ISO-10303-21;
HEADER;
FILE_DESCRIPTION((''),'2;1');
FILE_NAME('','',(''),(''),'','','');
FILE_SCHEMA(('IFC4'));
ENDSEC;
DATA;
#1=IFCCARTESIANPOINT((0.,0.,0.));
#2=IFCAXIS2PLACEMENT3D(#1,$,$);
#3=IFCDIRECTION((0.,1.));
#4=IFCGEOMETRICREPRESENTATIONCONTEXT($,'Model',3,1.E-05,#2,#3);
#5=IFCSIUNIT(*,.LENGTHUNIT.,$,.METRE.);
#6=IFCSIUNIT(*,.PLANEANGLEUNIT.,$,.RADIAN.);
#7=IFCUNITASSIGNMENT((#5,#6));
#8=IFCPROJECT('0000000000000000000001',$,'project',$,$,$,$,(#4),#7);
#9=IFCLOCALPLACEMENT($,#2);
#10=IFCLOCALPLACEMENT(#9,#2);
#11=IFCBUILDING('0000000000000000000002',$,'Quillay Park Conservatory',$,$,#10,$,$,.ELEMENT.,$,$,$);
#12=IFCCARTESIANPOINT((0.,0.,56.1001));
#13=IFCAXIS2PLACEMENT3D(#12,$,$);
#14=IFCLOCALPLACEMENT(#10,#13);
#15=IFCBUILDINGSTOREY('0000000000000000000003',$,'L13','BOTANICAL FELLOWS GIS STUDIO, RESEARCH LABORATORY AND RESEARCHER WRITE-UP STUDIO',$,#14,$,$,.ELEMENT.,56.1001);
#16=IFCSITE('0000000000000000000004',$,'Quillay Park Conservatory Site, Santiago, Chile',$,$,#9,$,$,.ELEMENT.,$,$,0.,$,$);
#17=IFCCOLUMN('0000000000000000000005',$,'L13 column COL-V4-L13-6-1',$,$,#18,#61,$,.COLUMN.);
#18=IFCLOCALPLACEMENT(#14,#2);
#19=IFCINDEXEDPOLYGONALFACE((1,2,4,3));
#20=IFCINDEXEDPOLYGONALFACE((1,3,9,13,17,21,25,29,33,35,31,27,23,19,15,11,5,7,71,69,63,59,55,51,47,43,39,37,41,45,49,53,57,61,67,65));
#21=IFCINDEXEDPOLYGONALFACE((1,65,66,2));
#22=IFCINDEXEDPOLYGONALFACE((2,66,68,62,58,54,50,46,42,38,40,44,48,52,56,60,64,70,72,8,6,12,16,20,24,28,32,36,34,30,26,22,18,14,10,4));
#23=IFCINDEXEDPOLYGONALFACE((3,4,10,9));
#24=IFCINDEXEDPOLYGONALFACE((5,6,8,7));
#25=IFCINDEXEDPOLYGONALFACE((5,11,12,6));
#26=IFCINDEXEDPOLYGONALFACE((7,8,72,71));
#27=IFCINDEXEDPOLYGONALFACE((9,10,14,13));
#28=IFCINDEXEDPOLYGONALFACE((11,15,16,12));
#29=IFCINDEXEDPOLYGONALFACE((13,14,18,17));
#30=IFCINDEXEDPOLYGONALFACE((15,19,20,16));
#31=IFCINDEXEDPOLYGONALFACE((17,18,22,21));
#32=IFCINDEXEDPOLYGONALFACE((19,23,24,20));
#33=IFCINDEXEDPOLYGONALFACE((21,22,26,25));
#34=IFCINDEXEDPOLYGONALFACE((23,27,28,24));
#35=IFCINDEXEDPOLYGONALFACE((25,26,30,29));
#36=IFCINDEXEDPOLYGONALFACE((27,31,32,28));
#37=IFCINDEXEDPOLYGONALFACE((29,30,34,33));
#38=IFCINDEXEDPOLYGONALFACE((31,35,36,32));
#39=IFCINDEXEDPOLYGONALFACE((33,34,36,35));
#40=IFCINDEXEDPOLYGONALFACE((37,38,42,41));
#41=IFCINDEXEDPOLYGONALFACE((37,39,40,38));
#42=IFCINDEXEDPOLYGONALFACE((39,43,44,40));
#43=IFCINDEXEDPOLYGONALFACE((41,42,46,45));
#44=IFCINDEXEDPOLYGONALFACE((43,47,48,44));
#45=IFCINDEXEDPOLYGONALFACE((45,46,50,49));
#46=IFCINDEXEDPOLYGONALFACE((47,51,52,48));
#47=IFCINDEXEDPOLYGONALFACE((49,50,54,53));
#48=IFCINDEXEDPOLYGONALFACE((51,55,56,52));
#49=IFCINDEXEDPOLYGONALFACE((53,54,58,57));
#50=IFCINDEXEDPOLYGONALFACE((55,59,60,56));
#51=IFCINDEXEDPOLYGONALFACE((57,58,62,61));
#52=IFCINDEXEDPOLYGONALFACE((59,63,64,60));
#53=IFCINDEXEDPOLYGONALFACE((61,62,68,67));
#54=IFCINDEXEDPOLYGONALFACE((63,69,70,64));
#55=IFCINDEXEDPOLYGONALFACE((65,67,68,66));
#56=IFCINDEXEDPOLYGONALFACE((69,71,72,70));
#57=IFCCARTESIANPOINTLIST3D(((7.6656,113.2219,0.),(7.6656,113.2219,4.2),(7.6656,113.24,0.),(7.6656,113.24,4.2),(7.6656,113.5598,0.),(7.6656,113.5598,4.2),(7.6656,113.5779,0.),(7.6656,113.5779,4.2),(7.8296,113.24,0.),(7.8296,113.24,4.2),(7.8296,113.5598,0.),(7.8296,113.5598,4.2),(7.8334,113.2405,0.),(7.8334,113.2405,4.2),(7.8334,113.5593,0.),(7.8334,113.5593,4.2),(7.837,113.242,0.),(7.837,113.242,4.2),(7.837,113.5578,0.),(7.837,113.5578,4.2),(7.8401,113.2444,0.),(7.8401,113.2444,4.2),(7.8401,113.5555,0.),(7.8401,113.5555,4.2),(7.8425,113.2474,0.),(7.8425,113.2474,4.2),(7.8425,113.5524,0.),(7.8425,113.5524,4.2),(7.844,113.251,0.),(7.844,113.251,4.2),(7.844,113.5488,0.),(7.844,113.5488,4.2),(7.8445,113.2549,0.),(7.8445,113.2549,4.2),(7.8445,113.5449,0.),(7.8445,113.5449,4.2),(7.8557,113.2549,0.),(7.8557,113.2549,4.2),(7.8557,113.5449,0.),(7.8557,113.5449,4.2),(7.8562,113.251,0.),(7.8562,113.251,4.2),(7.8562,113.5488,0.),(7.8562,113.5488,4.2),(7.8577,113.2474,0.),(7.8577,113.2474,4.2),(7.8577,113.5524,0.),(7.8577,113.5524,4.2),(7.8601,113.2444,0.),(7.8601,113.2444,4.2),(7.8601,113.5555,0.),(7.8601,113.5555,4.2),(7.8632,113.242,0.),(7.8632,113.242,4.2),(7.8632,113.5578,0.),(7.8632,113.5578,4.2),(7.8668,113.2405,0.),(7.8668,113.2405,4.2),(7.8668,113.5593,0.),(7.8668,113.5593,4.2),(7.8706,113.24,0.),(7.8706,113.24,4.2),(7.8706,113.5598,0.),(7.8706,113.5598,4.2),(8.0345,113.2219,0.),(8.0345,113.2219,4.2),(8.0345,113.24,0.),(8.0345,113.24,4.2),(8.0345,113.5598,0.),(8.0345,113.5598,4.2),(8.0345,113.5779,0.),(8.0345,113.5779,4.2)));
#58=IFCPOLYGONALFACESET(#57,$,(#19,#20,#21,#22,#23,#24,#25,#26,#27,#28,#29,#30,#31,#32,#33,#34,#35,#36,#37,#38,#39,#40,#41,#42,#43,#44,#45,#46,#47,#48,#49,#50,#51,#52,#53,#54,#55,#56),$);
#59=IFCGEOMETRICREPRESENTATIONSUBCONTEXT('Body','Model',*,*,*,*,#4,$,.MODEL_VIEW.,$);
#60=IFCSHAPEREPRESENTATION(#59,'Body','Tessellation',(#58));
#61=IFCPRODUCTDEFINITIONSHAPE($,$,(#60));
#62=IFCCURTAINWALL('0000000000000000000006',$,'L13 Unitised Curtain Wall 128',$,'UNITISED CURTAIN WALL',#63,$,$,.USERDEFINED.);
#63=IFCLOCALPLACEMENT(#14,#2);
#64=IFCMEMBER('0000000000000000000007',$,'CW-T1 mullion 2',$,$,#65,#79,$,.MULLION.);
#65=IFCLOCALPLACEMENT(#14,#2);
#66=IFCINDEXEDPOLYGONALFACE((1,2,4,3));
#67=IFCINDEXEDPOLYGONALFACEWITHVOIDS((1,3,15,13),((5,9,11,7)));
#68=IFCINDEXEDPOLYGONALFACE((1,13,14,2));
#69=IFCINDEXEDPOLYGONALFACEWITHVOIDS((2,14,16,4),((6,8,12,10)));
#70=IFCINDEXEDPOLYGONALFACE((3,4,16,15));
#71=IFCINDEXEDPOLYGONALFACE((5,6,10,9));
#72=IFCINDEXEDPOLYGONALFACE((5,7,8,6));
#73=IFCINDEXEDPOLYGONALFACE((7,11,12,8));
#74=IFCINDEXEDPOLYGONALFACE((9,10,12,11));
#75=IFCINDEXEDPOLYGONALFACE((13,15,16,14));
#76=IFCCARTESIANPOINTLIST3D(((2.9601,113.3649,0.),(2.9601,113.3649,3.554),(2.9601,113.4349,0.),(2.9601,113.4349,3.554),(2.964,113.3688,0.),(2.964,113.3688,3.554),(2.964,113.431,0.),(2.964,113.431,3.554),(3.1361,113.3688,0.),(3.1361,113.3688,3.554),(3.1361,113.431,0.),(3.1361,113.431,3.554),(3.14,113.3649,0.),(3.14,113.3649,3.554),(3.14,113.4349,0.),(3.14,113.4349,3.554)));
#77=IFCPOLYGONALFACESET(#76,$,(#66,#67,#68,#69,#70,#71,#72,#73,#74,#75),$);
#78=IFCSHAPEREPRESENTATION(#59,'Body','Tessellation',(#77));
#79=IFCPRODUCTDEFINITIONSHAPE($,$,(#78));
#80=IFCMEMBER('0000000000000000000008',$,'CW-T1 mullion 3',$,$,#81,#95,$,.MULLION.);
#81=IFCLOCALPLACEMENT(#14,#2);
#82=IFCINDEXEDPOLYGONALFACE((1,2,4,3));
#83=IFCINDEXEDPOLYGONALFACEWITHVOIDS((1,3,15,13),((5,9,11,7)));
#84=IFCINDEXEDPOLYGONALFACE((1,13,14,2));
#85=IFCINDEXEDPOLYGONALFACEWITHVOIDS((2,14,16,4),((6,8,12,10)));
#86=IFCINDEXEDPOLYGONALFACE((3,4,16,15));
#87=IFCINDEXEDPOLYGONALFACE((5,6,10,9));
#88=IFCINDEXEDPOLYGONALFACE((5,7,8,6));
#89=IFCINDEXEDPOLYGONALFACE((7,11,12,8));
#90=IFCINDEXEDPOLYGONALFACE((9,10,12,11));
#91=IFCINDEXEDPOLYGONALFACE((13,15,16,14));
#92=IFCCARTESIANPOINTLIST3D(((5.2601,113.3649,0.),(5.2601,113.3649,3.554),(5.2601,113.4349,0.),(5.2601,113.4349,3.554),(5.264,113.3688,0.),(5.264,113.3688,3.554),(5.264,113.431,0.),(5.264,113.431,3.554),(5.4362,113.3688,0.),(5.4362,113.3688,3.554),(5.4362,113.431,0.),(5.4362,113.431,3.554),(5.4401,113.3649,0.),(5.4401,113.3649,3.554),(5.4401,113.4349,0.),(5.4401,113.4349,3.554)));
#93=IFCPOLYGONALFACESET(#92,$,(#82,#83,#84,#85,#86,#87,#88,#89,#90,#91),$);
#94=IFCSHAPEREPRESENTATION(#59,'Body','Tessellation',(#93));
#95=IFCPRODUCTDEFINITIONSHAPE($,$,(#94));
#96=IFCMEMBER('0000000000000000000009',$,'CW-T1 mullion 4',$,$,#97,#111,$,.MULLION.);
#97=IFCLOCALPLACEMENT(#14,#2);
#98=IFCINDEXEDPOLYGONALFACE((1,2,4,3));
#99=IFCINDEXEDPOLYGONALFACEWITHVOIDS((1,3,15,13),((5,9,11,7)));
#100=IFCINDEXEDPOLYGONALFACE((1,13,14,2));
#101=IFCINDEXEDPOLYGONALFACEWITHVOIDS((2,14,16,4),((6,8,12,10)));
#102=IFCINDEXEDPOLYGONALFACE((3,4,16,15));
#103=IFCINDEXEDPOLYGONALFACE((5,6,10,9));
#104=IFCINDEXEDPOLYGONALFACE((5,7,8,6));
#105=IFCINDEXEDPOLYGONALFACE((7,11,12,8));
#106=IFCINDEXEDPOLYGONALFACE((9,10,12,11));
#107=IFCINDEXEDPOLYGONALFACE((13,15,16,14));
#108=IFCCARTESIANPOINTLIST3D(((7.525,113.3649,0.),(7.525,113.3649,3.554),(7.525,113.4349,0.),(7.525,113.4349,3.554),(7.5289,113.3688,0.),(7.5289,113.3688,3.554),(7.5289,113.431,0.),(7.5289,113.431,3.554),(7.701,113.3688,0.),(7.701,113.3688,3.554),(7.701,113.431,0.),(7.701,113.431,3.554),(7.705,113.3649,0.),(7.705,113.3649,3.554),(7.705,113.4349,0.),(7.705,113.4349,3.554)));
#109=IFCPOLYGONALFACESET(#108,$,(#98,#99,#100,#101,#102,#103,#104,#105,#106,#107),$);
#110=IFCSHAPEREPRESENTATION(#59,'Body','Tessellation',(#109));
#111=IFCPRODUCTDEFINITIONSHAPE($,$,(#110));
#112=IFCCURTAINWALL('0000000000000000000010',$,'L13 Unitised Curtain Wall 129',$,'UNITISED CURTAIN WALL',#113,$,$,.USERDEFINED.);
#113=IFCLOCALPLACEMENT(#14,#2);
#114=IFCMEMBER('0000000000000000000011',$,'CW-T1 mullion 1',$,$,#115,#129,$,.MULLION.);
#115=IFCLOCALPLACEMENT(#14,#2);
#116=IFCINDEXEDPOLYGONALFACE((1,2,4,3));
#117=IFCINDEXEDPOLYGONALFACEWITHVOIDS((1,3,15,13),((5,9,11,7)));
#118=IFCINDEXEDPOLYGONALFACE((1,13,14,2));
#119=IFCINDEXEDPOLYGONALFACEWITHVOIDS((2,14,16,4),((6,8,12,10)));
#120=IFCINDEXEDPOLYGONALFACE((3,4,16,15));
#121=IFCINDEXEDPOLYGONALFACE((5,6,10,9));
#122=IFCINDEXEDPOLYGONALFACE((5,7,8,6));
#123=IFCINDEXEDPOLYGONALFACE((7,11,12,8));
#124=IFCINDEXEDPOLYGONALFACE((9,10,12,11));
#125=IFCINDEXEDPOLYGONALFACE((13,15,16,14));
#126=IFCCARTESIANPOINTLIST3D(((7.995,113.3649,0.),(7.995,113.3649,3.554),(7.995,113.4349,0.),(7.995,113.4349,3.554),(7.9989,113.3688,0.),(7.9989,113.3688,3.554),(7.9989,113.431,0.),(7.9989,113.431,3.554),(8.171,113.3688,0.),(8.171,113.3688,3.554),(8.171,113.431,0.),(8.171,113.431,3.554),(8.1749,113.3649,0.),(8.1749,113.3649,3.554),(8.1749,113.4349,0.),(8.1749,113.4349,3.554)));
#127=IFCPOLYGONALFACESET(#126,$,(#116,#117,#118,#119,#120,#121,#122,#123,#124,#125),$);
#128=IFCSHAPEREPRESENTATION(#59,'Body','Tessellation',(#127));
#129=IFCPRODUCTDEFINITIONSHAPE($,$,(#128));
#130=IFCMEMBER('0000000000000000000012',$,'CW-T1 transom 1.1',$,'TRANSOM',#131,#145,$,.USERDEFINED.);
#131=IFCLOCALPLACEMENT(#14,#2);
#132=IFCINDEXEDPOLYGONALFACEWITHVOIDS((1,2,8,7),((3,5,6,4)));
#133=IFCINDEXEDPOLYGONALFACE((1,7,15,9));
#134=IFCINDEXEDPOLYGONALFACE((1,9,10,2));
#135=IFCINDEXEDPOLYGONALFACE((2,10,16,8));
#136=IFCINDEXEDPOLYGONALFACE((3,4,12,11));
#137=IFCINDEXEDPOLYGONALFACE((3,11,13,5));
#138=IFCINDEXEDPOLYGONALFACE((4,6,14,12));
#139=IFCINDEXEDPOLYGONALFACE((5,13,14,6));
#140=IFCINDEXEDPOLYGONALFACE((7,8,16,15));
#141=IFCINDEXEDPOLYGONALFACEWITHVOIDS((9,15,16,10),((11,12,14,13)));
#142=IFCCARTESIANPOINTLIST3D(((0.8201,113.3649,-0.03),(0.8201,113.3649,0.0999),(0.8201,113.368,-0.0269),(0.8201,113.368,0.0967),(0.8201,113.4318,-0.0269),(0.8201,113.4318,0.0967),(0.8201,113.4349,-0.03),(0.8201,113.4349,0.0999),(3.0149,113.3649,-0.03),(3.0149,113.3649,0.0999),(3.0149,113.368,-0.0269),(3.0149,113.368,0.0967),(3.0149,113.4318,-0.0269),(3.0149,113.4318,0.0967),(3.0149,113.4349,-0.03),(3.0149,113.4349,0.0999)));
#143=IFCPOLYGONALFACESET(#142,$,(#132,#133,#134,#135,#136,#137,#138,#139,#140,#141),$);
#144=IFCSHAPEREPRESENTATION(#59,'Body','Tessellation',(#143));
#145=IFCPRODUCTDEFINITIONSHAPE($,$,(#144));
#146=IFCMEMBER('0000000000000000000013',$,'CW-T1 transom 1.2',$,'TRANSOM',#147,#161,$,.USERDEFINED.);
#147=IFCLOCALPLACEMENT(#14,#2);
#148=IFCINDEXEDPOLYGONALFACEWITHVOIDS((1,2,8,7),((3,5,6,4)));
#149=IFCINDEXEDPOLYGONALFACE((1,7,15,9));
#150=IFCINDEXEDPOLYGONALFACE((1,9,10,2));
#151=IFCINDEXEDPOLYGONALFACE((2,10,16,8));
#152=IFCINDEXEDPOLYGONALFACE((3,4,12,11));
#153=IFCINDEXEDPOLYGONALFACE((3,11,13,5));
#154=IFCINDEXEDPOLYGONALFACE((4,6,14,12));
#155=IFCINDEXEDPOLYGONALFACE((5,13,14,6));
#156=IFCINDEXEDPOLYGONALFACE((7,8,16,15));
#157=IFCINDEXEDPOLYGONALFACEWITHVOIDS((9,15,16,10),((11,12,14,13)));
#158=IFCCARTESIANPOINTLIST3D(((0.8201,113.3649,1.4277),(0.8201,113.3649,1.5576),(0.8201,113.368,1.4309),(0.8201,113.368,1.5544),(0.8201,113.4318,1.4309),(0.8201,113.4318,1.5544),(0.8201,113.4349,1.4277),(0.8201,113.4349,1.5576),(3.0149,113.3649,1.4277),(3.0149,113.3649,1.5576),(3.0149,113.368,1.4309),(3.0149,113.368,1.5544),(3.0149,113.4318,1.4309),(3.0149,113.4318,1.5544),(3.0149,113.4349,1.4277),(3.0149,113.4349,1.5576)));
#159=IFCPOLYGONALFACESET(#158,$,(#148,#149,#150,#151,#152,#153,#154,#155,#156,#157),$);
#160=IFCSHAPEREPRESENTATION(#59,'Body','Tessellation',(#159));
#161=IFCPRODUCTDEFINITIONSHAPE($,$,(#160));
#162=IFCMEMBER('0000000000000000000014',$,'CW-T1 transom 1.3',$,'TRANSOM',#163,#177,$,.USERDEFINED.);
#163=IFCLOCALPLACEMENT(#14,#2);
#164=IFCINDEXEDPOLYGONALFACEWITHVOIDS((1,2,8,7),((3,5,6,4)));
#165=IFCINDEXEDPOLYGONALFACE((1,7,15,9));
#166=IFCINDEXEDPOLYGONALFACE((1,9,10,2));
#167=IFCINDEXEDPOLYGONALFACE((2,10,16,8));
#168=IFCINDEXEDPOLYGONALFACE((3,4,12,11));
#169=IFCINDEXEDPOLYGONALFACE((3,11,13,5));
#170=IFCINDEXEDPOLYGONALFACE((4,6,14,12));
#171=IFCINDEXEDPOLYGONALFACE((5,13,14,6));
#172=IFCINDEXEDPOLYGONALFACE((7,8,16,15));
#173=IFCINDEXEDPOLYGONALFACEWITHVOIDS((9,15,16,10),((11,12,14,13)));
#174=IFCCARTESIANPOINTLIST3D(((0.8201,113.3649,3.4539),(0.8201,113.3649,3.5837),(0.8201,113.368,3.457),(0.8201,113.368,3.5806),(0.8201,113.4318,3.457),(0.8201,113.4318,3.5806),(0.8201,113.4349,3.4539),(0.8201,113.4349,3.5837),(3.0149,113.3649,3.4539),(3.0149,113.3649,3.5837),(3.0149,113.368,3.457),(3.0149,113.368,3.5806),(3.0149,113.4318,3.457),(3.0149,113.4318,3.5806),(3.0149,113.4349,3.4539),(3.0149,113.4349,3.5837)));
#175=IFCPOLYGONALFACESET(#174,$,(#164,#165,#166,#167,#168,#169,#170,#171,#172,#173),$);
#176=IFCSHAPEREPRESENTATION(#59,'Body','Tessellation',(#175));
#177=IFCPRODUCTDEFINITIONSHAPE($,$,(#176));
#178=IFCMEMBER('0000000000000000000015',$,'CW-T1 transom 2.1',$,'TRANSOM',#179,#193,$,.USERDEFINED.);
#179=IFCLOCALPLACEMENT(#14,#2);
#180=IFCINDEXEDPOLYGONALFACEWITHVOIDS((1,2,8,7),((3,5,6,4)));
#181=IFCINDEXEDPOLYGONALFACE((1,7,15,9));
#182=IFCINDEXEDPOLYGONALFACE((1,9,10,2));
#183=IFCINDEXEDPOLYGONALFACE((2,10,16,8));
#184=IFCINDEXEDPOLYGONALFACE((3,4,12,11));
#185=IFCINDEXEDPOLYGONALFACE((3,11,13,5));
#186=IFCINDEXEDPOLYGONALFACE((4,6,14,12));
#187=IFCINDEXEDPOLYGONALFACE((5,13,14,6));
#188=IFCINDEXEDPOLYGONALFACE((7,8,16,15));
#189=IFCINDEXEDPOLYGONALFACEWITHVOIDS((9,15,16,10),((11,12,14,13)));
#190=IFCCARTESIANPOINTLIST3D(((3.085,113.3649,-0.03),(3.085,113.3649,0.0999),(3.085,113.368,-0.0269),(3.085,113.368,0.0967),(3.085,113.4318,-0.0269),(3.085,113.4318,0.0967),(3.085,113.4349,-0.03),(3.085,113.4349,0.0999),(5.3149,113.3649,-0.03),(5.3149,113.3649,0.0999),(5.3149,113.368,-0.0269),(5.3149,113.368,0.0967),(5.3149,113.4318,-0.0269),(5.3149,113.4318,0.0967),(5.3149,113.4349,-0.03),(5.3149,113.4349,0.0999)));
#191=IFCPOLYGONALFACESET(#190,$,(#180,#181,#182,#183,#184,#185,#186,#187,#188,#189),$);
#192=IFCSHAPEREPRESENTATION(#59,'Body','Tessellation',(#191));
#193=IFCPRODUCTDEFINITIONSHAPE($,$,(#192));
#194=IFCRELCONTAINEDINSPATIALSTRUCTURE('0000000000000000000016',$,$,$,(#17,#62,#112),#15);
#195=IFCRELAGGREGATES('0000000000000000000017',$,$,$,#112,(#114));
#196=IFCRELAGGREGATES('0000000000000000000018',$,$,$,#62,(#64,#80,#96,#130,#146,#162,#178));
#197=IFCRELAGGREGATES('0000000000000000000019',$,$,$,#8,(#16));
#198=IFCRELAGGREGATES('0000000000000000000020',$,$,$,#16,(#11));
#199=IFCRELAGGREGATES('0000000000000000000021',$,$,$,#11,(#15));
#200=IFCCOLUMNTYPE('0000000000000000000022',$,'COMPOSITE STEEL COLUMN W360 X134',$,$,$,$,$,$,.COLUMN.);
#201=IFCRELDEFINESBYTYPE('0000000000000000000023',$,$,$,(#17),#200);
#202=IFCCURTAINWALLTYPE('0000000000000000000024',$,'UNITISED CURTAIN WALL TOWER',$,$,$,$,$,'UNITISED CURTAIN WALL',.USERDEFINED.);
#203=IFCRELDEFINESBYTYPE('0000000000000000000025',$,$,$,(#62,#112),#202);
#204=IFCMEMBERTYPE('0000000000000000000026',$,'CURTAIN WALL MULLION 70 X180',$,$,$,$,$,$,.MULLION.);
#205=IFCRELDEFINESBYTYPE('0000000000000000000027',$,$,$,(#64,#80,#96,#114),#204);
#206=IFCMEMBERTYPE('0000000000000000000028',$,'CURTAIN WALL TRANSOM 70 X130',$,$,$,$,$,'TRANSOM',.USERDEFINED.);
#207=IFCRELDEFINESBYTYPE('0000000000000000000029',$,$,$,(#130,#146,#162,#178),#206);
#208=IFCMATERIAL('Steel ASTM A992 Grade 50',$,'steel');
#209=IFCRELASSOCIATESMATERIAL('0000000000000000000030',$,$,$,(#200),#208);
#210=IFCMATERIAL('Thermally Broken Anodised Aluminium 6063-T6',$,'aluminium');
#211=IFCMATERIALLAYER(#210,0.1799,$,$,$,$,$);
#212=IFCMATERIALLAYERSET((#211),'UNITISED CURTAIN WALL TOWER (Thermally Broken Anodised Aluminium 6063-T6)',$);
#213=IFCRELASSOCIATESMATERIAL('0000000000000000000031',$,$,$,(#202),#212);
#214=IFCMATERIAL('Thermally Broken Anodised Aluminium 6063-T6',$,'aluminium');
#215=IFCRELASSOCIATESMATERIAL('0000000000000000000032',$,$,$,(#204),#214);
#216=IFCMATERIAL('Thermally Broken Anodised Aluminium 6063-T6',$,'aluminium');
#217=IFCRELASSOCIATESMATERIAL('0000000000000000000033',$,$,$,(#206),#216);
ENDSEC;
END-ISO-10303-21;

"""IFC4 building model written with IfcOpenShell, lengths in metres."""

from ifc_helpers import new_model, si_unit, direction, frame, origin, origin_2d, place, context, subcontext, project, spatial, hollow_rectangle, i_section, extrude, material, layer, layer_set, material_profile, profile_set, type_object, element, aggregate, save


model = new_model("IFC4")

# Units and contexts
model_context = context("Model", 3, precision=1e-05, world=origin(), true_north=direction((0.0, 1.0)))
body_context = subcontext(model_context, "Body", "Model", "MODEL_VIEW")
ifc_project = project(units=[si_unit("LENGTHUNIT", "METRE"), si_unit("PLANEANGLEUNIT", "RADIAN")], contexts=[model_context])

# Site, building, storey
site_placement = place(None, origin())
site = spatial("IfcSite", under=ifc_project, at=site_placement, Name="Quillay Park Conservatory Site, Santiago, Chile", CompositionType="ELEMENT", RefElevation=0.0)
building_placement = place(site_placement, origin())
building = spatial("IfcBuilding", under=site, at=building_placement, Name="Quillay Park Conservatory", CompositionType="ELEMENT")
storey_placement = place(building_placement, frame((0.0, 0.0, 56.1001)))
storey = spatial("IfcBuildingStorey", under=building, at=storey_placement, Name="L13", Description="BOTANICAL FELLOWS GIS STUDIO, RESEARCH LABORATORY AND RESEARCHER WRITE-UP STUDIO", CompositionType="ELEMENT", Elevation=56.1001)

# Column
ifc_material_1 = material(Name="Steel ASTM A992 Grade 50", Category="steel")
ifc_material_profile_1 = material_profile(ifc_material_1, i_section(OverallWidth=0.3689, OverallDepth=0.356, WebThickness=0.0112, FlangeThickness=0.0181, FilletRadius=0.0149, at=origin_2d()), Name="W360x134")
ifc_profile_set_1 = profile_set([ifc_material_profile_1], Name="Steel ASTM A992 Grade 50")
column_type = type_object("IfcColumnType", Name="COMPOSITE STEEL COLUMN W360 X134", PredefinedType="COLUMN", material=ifc_profile_set_1)
column_placement = place(storey_placement, frame((7.8501, 113.3999, 0.0), z_axis=(0.0, 0.0, 1.0), x_axis=(1.0, 0.0, 0.0)))
element("IfcColumn", 1, at=column_placement, inside=storey, type_object=column_type, Name="L13 column COL-V4-L13-6-1", PredefinedType="COLUMN", context=body_context, shape_type="SweptSolid", body=[
    extrude(i_section(OverallWidth=0.3689, OverallDepth=0.356, WebThickness=0.0112, FlangeThickness=0.0181, FilletRadius=0.0149, at=origin_2d()), origin(), (0.0, 0.0, 1.0), 4.2),
])

# Curtain wall, members
ifc_material_2 = material(Name="Thermally Broken Anodised Aluminium 6063-T6", Category="aluminium")
ifc_layer_1 = layer(ifc_material_2, 0.1799)
ifc_layer_set_1 = layer_set([ifc_layer_1], Name="UNITISED CURTAIN WALL TOWER (Thermally Broken Anodised Aluminium 6063-T6)")
curtain_wall_type = type_object("IfcCurtainWallType", Name="UNITISED CURTAIN WALL TOWER", ElementType="UNITISED CURTAIN WALL", PredefinedType="USERDEFINED", material=ifc_layer_set_1)
curtain_wall_1_placement = place(storey_placement, origin())
curtain_wall_1 = element("IfcCurtainWall", 2, at=curtain_wall_1_placement, inside=storey, type_object=curtain_wall_type, Name="L13 Unitised Curtain Wall 128", ObjectType="UNITISED CURTAIN WALL", PredefinedType="USERDEFINED")
ifc_material_3 = material(Name="Thermally Broken Anodised Aluminium 6063-T6", Category="aluminium")
ifc_material_profile_2 = material_profile(ifc_material_3, hollow_rectangle(XDim=0.0701, YDim=0.1799, WallThickness=0.0039, at=origin_2d()), Name="AL70x180x4")
ifc_profile_set_2 = profile_set([ifc_material_profile_2], Name="Thermally Broken Anodised Aluminium 6063-T6")
member_type_1 = type_object("IfcMemberType", Name="CURTAIN WALL MULLION 70 X180", PredefinedType="MULLION", material=ifc_profile_set_2)
member_1_placement = place(storey_placement, frame((3.05, 113.3999, 0.0), z_axis=(0.0, 0.0, 1.0), x_axis=(0.0, 1.0, 0.0)))
member_1 = element("IfcMember", 3, at=member_1_placement, type_object=member_type_1, Name="CW-T1 mullion 2", PredefinedType="MULLION", context=body_context, shape_type="SweptSolid", body=[
    extrude(hollow_rectangle(XDim=0.0701, YDim=0.1799, WallThickness=0.0039, at=origin_2d()), origin(), (0.0, 0.0, 1.0), 3.554),
])
member_2_placement = place(storey_placement, frame((5.3501, 113.3999, 0.0), z_axis=(0.0, 0.0, 1.0), x_axis=(0.0, 1.0, 0.0)))
member_2 = element("IfcMember", 4, at=member_2_placement, type_object=member_type_1, Name="CW-T1 mullion 3", PredefinedType="MULLION", context=body_context, shape_type="SweptSolid", body=[
    extrude(hollow_rectangle(XDim=0.0701, YDim=0.1799, WallThickness=0.0039, at=origin_2d()), origin(), (0.0, 0.0, 1.0), 3.554),
])
member_3_placement = place(storey_placement, frame((7.615, 113.3999, 0.0), z_axis=(0.0, 0.0, 1.0), x_axis=(0.0, 1.0, 0.0)))
member_3 = element("IfcMember", 5, at=member_3_placement, type_object=member_type_1, Name="CW-T1 mullion 4", PredefinedType="MULLION", context=body_context, shape_type="SweptSolid", body=[
    extrude(hollow_rectangle(XDim=0.0701, YDim=0.1799, WallThickness=0.0039, at=origin_2d()), origin(), (0.0, 0.0, 1.0), 3.554),
])

# Curtain wall, member
curtain_wall_2_placement = place(storey_placement, origin())
curtain_wall_2 = element("IfcCurtainWall", 6, at=curtain_wall_2_placement, inside=storey, type_object=curtain_wall_type, Name="L13 Unitised Curtain Wall 129", ObjectType="UNITISED CURTAIN WALL", PredefinedType="USERDEFINED")
member_4_placement = place(storey_placement, frame((8.085, 113.3999, 0.0), z_axis=(0.0, 0.0, 1.0), x_axis=(0.0, 1.0, 0.0)))
member_4 = element("IfcMember", 7, at=member_4_placement, type_object=member_type_1, Name="CW-T1 mullion 1", PredefinedType="MULLION", context=body_context, shape_type="SweptSolid", body=[
    extrude(hollow_rectangle(XDim=0.0701, YDim=0.1799, WallThickness=0.0039, at=origin_2d()), origin(), (0.0, 0.0, 1.0), 3.554),
])
aggregate(curtain_wall_2, [member_4])

# Members
ifc_material_4 = material(Name="Thermally Broken Anodised Aluminium 6063-T6", Category="aluminium")
ifc_material_profile_3 = material_profile(ifc_material_4, hollow_rectangle(XDim=0.0701, YDim=0.1299, WallThickness=0.0032, at=origin_2d()), Name="AL70x130x3.2")
ifc_profile_set_3 = profile_set([ifc_material_profile_3], Name="Thermally Broken Anodised Aluminium 6063-T6")
member_type_2 = type_object("IfcMemberType", Name="CURTAIN WALL TRANSOM 70 X130", ElementType="TRANSOM", PredefinedType="USERDEFINED", material=ifc_profile_set_3)
member_5_placement = place(storey_placement, frame((0.8201, 113.3999, 0.0349), z_axis=(1.0, 0.0, 0.0), x_axis=(0.0, 1.0, 0.0)))
member_5 = element("IfcMember", 8, at=member_5_placement, type_object=member_type_2, Name="CW-T1 transom 1.1", ObjectType="TRANSOM", PredefinedType="USERDEFINED", context=body_context, shape_type="SweptSolid", body=[
    extrude(hollow_rectangle(XDim=0.0701, YDim=0.1299, WallThickness=0.0032, at=origin_2d()), origin(), (0.0, 0.0, 1.0), 2.1948),
])
member_6_placement = place(storey_placement, frame((0.8201, 113.3999, 1.4927), z_axis=(1.0, 0.0, 0.0), x_axis=(0.0, 1.0, 0.0)))
member_6 = element("IfcMember", 9, at=member_6_placement, type_object=member_type_2, Name="CW-T1 transom 1.2", ObjectType="TRANSOM", PredefinedType="USERDEFINED", context=body_context, shape_type="SweptSolid", body=[
    extrude(hollow_rectangle(XDim=0.0701, YDim=0.1299, WallThickness=0.0032, at=origin_2d()), origin(), (0.0, 0.0, 1.0), 2.1948),
])
member_7_placement = place(storey_placement, frame((0.8201, 113.3999, 3.5188), z_axis=(1.0, 0.0, 0.0), x_axis=(0.0, 1.0, 0.0)))
member_7 = element("IfcMember", 10, at=member_7_placement, type_object=member_type_2, Name="CW-T1 transom 1.3", ObjectType="TRANSOM", PredefinedType="USERDEFINED", context=body_context, shape_type="SweptSolid", body=[
    extrude(hollow_rectangle(XDim=0.0701, YDim=0.1299, WallThickness=0.0032, at=origin_2d()), origin(), (0.0, 0.0, 1.0), 2.1948),
])
member_8_placement = place(storey_placement, frame((3.085, 113.3999, 0.0349), z_axis=(1.0, 0.0, 0.0), x_axis=(0.0, 1.0, 0.0)))
member_8 = element("IfcMember", 11, at=member_8_placement, type_object=member_type_2, Name="CW-T1 transom 2.1", ObjectType="TRANSOM", PredefinedType="USERDEFINED", context=body_context, shape_type="SweptSolid", body=[
    extrude(hollow_rectangle(XDim=0.0701, YDim=0.1299, WallThickness=0.0032, at=origin_2d()), origin(), (0.0, 0.0, 1.0), 2.23),
])

aggregate(curtain_wall_1, [member_1, member_2, member_3, member_5, member_6, member_7, member_8])

save(model, "model.ifc")
